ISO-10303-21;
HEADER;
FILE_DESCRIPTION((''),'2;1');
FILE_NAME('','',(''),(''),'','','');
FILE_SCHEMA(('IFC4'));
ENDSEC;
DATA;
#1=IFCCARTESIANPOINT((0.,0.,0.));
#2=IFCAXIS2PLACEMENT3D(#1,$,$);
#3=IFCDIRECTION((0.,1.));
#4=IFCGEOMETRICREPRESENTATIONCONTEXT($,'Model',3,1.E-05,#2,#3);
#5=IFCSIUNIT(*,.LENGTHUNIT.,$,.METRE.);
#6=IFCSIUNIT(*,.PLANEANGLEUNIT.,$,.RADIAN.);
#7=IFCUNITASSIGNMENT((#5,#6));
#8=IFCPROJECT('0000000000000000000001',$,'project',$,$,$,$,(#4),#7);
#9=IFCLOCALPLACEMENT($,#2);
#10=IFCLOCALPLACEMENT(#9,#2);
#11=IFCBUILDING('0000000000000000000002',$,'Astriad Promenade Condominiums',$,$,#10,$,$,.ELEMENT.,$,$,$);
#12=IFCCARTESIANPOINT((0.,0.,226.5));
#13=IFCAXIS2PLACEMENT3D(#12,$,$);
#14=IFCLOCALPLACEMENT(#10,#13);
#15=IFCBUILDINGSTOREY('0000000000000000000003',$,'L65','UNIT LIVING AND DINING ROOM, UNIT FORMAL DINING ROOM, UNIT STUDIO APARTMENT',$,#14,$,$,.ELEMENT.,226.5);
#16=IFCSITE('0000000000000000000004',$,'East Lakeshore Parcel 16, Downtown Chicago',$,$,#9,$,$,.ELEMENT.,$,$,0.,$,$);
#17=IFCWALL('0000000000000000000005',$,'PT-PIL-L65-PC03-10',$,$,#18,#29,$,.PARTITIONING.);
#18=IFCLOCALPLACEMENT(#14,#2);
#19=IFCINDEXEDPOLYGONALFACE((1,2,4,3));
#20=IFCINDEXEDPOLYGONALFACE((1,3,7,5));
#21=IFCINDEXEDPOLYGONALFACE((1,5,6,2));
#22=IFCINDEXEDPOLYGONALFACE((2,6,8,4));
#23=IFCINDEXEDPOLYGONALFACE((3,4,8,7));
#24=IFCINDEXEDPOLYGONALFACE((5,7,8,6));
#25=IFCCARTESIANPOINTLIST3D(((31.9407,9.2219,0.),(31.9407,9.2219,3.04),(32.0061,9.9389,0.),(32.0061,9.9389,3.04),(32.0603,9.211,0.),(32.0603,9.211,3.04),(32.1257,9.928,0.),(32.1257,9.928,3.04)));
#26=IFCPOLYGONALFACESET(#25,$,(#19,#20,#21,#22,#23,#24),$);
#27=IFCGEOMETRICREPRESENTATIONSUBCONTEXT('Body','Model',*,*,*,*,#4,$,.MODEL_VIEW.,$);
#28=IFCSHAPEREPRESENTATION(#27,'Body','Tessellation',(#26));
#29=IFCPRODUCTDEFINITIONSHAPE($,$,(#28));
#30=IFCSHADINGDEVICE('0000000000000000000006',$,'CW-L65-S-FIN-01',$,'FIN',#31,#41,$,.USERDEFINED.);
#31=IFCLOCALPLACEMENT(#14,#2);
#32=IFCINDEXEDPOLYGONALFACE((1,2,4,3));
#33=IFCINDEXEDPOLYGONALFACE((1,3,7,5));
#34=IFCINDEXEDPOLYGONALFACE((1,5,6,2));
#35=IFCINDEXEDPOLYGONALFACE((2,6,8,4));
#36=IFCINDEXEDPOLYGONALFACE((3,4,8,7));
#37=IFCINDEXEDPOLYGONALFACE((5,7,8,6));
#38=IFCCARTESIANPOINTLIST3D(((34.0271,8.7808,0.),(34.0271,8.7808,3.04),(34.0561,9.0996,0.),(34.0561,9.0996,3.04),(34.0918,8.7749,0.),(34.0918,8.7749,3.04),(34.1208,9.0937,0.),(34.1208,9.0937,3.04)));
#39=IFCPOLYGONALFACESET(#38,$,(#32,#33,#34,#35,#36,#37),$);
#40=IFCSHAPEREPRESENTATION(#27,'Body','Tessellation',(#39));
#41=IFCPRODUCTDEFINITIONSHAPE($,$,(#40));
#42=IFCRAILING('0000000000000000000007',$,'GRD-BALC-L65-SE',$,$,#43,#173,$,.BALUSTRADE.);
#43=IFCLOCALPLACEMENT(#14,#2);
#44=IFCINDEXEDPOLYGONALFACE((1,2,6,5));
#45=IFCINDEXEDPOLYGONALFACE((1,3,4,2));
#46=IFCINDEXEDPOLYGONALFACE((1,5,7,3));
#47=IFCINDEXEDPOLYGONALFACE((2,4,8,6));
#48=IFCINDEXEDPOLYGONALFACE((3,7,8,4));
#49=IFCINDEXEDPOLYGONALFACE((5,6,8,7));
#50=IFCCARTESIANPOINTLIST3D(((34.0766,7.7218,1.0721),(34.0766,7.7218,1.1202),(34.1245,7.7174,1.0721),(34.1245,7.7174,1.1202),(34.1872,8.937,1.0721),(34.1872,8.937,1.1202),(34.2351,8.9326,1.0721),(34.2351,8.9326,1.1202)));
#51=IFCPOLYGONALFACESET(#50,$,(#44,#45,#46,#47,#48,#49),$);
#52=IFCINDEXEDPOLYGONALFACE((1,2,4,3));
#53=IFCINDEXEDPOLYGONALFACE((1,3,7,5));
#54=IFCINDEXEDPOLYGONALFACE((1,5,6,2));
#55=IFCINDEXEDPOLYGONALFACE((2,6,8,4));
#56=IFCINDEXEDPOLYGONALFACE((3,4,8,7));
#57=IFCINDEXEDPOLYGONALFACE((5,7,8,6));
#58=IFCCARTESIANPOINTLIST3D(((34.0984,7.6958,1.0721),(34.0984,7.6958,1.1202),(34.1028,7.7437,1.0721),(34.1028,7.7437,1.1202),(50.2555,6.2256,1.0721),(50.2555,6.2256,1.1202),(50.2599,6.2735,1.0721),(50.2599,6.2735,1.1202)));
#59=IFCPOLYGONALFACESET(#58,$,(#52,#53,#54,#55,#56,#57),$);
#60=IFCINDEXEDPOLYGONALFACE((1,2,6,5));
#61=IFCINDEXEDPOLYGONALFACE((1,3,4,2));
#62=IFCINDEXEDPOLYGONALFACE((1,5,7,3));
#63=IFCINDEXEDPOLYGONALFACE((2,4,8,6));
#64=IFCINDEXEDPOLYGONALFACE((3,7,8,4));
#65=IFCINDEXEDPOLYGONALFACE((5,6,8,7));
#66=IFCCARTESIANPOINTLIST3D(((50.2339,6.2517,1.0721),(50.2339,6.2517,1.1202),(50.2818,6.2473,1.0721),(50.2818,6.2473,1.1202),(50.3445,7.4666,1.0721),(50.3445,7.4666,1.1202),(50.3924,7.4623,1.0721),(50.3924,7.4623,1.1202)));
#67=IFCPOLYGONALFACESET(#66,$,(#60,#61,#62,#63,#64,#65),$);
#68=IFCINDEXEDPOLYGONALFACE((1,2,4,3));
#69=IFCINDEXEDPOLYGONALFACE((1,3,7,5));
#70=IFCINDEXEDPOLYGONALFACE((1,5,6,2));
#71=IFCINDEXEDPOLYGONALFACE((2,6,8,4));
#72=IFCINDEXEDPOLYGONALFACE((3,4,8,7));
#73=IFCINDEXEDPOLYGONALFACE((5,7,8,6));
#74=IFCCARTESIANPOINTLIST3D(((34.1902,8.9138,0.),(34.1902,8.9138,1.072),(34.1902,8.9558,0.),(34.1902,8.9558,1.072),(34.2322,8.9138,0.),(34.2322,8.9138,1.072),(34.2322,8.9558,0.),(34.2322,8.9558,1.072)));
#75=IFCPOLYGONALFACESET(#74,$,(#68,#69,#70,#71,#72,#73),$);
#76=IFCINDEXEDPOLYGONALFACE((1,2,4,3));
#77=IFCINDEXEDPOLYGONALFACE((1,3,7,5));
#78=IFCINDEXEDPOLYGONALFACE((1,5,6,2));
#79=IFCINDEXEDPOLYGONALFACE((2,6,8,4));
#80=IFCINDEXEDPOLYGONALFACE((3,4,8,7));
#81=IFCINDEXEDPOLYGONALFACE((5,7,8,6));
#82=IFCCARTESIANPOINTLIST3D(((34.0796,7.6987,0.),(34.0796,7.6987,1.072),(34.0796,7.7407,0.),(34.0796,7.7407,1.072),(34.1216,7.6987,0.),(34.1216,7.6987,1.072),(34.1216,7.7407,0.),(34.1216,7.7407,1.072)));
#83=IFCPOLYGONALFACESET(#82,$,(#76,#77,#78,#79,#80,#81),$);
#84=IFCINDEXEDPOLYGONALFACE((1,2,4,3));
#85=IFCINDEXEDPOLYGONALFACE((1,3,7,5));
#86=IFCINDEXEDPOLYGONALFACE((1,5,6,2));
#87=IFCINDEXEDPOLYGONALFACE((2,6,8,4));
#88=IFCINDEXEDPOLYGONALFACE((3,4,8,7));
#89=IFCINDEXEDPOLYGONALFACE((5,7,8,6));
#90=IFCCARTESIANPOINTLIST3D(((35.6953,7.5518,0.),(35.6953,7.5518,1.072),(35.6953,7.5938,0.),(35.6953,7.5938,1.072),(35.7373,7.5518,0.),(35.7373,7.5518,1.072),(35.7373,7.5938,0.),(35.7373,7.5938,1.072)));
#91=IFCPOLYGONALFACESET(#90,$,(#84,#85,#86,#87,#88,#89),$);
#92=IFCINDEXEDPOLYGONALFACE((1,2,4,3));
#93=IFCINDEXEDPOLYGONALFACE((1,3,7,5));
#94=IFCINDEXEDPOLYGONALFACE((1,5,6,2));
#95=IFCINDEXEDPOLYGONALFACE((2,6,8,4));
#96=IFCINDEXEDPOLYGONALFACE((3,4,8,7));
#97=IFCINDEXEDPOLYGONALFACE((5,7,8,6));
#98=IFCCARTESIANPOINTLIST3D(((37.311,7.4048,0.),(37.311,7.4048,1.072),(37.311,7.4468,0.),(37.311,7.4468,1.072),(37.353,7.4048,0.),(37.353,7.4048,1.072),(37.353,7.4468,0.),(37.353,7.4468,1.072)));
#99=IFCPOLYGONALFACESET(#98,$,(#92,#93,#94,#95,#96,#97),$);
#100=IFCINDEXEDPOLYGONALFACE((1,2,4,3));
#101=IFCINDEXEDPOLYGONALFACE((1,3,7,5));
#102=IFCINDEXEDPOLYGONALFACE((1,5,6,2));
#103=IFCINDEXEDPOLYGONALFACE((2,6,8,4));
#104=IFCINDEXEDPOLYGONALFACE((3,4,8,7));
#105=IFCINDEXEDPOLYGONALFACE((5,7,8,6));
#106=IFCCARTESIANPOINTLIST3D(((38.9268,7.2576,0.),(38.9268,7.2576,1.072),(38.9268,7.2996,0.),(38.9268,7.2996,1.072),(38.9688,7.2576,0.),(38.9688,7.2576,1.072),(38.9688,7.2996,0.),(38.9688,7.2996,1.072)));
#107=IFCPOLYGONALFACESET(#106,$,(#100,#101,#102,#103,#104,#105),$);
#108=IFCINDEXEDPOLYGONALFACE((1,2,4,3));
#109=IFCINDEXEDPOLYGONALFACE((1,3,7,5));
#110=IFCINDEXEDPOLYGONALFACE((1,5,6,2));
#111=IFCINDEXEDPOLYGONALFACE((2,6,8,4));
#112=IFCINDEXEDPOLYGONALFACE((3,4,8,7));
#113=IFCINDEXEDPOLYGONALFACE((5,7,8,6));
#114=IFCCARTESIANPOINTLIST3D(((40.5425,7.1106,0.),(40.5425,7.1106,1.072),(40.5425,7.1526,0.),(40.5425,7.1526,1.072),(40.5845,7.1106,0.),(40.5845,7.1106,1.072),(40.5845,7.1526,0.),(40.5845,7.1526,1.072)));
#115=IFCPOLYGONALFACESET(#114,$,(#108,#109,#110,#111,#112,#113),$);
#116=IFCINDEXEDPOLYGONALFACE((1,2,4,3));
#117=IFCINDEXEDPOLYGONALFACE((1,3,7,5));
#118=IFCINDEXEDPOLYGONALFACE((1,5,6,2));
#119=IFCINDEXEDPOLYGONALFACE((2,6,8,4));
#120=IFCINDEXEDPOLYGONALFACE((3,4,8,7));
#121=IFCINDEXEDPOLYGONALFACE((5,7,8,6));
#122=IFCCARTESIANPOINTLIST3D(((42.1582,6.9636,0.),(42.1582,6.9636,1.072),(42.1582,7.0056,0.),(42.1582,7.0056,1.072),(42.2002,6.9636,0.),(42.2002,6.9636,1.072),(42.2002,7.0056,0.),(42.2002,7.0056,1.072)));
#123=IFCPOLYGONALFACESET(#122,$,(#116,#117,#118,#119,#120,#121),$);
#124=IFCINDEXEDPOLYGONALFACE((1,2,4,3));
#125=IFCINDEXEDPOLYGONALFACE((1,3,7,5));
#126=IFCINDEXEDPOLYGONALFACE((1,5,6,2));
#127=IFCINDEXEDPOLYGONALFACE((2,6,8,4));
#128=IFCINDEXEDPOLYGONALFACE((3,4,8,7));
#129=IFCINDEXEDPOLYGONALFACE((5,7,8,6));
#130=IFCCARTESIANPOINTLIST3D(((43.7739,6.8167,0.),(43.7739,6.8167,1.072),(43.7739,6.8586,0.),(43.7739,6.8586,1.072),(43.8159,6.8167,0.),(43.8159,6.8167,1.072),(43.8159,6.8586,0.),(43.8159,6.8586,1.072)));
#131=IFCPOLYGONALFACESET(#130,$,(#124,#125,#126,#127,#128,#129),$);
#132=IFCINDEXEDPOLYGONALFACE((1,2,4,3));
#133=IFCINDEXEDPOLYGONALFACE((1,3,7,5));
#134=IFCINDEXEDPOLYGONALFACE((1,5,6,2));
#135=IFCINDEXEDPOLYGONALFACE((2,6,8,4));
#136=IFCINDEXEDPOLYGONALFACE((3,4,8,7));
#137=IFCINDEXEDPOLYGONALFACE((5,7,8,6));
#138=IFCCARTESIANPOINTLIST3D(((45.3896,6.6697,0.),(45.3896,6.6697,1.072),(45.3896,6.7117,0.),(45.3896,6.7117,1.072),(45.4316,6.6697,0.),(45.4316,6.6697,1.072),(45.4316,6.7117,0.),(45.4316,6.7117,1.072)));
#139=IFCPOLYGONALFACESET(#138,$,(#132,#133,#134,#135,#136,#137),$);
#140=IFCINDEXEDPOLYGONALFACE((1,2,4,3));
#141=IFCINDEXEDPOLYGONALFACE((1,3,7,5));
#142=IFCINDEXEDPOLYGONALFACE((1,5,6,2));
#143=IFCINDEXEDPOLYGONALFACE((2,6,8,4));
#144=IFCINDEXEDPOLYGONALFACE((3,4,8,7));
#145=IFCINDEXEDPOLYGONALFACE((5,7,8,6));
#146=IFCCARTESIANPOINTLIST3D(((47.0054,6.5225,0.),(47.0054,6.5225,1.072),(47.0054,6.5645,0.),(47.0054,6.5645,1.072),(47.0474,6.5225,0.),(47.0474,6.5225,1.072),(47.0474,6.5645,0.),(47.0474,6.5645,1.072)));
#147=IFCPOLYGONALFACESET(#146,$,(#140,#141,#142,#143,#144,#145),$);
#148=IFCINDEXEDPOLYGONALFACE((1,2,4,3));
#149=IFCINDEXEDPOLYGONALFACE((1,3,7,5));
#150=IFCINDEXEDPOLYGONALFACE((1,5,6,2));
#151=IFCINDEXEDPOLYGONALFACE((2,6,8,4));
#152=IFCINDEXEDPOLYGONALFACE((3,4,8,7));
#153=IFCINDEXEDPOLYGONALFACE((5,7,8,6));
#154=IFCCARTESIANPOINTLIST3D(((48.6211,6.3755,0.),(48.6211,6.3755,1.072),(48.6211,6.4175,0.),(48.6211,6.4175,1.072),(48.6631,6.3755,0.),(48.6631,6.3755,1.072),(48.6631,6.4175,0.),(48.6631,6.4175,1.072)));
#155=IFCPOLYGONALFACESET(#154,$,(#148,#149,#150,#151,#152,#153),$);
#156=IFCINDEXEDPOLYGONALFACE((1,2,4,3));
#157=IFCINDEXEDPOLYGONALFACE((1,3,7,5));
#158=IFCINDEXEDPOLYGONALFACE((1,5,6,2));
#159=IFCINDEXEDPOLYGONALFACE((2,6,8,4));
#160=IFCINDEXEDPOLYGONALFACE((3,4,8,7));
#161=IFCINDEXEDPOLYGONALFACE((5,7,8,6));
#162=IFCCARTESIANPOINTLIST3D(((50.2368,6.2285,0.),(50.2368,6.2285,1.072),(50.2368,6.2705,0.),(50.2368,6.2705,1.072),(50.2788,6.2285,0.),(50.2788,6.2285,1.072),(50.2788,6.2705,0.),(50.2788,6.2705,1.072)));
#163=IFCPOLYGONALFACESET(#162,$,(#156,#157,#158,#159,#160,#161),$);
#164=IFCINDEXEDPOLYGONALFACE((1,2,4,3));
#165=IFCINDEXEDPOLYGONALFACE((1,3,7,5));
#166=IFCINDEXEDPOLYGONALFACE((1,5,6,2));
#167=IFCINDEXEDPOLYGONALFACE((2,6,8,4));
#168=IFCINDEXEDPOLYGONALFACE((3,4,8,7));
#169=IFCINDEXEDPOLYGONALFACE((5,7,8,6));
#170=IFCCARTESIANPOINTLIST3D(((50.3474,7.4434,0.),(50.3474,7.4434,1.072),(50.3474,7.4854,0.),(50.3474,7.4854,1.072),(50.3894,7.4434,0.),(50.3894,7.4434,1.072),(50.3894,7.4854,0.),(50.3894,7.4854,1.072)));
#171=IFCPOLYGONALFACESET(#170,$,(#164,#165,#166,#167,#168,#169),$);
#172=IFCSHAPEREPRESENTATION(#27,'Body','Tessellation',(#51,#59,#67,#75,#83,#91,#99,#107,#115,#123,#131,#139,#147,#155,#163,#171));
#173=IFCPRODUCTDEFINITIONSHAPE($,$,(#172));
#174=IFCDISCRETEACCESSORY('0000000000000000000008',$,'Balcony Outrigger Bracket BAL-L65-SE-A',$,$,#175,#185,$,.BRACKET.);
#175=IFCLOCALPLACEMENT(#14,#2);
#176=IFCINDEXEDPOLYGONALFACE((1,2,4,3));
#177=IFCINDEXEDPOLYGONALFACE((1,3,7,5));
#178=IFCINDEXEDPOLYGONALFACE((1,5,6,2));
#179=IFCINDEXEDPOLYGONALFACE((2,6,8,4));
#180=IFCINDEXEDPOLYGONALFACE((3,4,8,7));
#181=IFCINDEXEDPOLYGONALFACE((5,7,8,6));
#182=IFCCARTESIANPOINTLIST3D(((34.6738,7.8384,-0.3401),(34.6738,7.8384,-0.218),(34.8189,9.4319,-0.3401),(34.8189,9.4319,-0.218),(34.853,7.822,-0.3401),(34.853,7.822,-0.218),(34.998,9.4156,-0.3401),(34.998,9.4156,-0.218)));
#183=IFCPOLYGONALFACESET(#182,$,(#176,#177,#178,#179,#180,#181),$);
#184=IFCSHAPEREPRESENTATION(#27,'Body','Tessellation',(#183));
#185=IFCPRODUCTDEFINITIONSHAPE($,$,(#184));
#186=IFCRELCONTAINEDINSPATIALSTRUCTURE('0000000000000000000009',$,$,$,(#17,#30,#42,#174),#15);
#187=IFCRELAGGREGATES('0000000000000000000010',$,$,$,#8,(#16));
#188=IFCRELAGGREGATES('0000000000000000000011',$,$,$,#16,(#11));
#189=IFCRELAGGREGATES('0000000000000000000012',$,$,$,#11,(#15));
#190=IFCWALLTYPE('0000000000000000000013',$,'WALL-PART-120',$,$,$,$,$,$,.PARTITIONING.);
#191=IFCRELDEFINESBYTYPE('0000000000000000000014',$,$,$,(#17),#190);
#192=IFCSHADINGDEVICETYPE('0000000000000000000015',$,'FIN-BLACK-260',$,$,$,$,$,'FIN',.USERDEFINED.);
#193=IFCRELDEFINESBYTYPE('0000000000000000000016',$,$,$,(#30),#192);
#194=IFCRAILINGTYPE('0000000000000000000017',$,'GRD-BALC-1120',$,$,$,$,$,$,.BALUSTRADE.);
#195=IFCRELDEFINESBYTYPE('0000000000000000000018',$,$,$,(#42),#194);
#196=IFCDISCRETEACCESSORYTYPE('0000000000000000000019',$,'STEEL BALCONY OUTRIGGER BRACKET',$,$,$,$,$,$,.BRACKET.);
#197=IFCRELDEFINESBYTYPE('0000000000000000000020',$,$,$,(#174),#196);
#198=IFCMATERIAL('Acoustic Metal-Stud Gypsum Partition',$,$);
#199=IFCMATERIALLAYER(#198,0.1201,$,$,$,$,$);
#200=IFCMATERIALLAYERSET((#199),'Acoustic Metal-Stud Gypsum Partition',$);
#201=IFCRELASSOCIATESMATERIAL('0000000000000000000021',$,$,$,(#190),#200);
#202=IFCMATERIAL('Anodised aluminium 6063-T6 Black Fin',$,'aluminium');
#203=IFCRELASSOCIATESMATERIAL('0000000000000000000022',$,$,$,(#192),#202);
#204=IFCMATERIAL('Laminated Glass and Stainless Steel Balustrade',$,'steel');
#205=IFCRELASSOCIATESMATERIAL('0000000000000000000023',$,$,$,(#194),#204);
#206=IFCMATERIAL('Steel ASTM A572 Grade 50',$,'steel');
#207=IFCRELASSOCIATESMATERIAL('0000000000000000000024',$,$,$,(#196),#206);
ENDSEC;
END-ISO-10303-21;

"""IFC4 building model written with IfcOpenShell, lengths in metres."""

from ifc_helpers import new_model, si_unit, direction, frame, frame_2d, origin, origin_2d, place, context, subcontext, project, spatial, rectangle, extrude, source, transform, mapped, material, layer, layer_set, type_object, type_shapes, element, save


model = new_model("IFC4")

# Units and contexts
model_context = context("Model", 3, precision=1e-05, world=origin(), true_north=direction((0.0, 1.0)))
body_context = subcontext(model_context, "Body", "Model", "MODEL_VIEW")
ifc_project = project(units=[si_unit("LENGTHUNIT", "METRE"), si_unit("PLANEANGLEUNIT", "RADIAN")], contexts=[model_context])

# Site, building, storey
site_placement = place(None, origin())
site = spatial("IfcSite", under=ifc_project, at=site_placement, Name="East Lakeshore Parcel 16, Downtown Chicago", CompositionType="ELEMENT", RefElevation=0.0)
building_placement = place(site_placement, origin())
building = spatial("IfcBuilding", under=site, at=building_placement, Name="Astriad Promenade Condominiums", CompositionType="ELEMENT")
storey_placement = place(building_placement, frame((0.0, 0.0, 226.5)))
storey = spatial("IfcBuildingStorey", under=building, at=storey_placement, Name="L65", Description="UNIT LIVING AND DINING ROOM, UNIT FORMAL DINING ROOM, UNIT STUDIO APARTMENT", CompositionType="ELEMENT", Elevation=226.5)

# Shared definitions
ifc_material_1 = material(Name="Acoustic Metal-Stud Gypsum Partition")
ifc_layer_1 = layer(ifc_material_1, 0.1201)
ifc_layer_set_1 = layer_set([ifc_layer_1], Name="Acoustic Metal-Stud Gypsum Partition")
wall_type_1 = type_object("IfcWallType", Name="WALL-PART-120", PredefinedType="PARTITIONING", material=ifc_layer_set_1)

# Wall
wall_1_placement = place(storey_placement, frame((32.0659, 9.9333, 0.0), z_axis=(0.0, 0.0, 1.0), x_axis=(-0.090872, -0.995863, 0.0)))
element("IfcWall", 1, at=wall_1_placement, inside=storey, type_object=wall_type_1, Name="PT-PIL-L65-PC03-10", PredefinedType="PARTITIONING", context=body_context, shape_type="SweptSolid", body=[
    extrude(rectangle(XDim=0.72, YDim=0.1201, at=frame_2d((0.3599, 0.0))), origin(), (0.0, 0.0, 1.0), 3.04),
])

# Shading device
ifc_material_2 = material(Name="Anodised aluminium 6063-T6 Black Fin", Category="aluminium")
shading_device_type = type_object("IfcShadingDeviceType", Name="FIN-BLACK-260", ElementType="FIN", PredefinedType="USERDEFINED", material=ifc_material_2)
shared_shape_1 = source(origin(), body_context, "Body", "SweptSolid", [
    extrude(rectangle(XDim=0.0649, YDim=0.3201, at=origin_2d()), origin(), (0.0, 0.0, 1.0), 3.04),
])
type_shapes(shading_device_type, [shared_shape_1])
shading_device_placement = place(storey_placement, frame((34.074, 8.9373, 0.0), z_axis=(0.0, 0.0, 1.0), x_axis=(-0.995884, 0.090633, 0.0)))
element("IfcShadingDevice", 2, at=shading_device_placement, inside=storey, type_object=shading_device_type, Name="CW-L65-S-FIN-01", ObjectType="FIN", PredefinedType="USERDEFINED", context=body_context, shape_type="MappedRepresentation", body=[
    mapped(shared_shape_1, transform((0.0, 0.0, 0.0), scale=1.0)),
])

# Railing
ifc_material_3 = material(Name="Laminated Glass and Stainless Steel Balustrade", Category="steel")
railing_type = type_object("IfcRailingType", Name="GRD-BALC-1120", PredefinedType="BALUSTRADE", material=ifc_material_3)
shared_shape_2 = source(origin(), body_context, "Body", "SweptSolid", [
    extrude(rectangle(XDim=0.0481, YDim=0.0481, at=origin_2d()), frame((0.0, 0.0, 1.0962), z_axis=(-0.090644, -0.995883, 0.0), x_axis=(0.995883, -0.090644, 0.0)), (0.0, 0.0, 1.0), 1.2202),
    extrude(rectangle(XDim=0.0481, YDim=0.0481, at=origin_2d()), frame((-0.1106, -1.2151, 1.0962), z_axis=(0.995886, -0.09062, 0.0), x_axis=(0.09062, 0.995886, 0.0)), (0.0, 0.0, 1.0), 16.2239),
    extrude(rectangle(XDim=0.0481, YDim=0.0481, at=origin_2d()), frame((16.0466, -2.6853, 1.0962), z_axis=(0.090662, 0.995882, 0.0), x_axis=(-0.995882, 0.090662, 0.0)), (0.0, 0.0, 1.0), 1.22),
    extrude(rectangle(XDim=0.042, YDim=0.042, at=origin_2d()), origin(), (0.0, 0.0, 1.0), 1.072),
    extrude(rectangle(XDim=0.042, YDim=0.042, at=origin_2d()), frame((-0.1106, -1.2151, 0.0)), (0.0, 0.0, 1.0), 1.072),
    extrude(rectangle(XDim=0.042, YDim=0.042, at=origin_2d()), frame((1.5051, -1.3621, 0.0)), (0.0, 0.0, 1.0), 1.072),
    extrude(rectangle(XDim=0.042, YDim=0.042, at=origin_2d()), frame((3.1208, -1.509, 0.0)), (0.0, 0.0, 1.0), 1.072),
    extrude(rectangle(XDim=0.042, YDim=0.042, at=origin_2d()), frame((4.7366, -1.6562, 0.0)), (0.0, 0.0, 1.0), 1.072),
    extrude(rectangle(XDim=0.042, YDim=0.042, at=origin_2d()), frame((6.3523, -1.8032, 0.0)), (0.0, 0.0, 1.0), 1.072),
    extrude(rectangle(XDim=0.042, YDim=0.042, at=origin_2d()), frame((7.968, -1.9502, 0.0)), (0.0, 0.0, 1.0), 1.072),
    extrude(rectangle(XDim=0.042, YDim=0.042, at=origin_2d()), frame((9.5837, -2.0972, 0.0)), (0.0, 0.0, 1.0), 1.072),
    extrude(rectangle(XDim=0.042, YDim=0.042, at=origin_2d()), frame((11.1995, -2.2441, 0.0)), (0.0, 0.0, 1.0), 1.072),
    extrude(rectangle(XDim=0.042, YDim=0.042, at=origin_2d()), frame((12.8152, -2.3914, 0.0)), (0.0, 0.0, 1.0), 1.072),
    extrude(rectangle(XDim=0.042, YDim=0.042, at=origin_2d()), frame((14.4309, -2.5383, 0.0)), (0.0, 0.0, 1.0), 1.072),
    extrude(rectangle(XDim=0.042, YDim=0.042, at=origin_2d()), frame((16.0466, -2.6853, 0.0)), (0.0, 0.0, 1.0), 1.072),
    extrude(rectangle(XDim=0.042, YDim=0.042, at=origin_2d()), frame((16.1572, -1.4705, 0.0)), (0.0, 0.0, 1.0), 1.072),
])
type_shapes(railing_type, [shared_shape_2])
railing_placement = place(storey_placement, frame((34.2112, 8.9348, 0.0)))
element("IfcRailing", 3, at=railing_placement, inside=storey, type_object=railing_type, Name="GRD-BALC-L65-SE", PredefinedType="BALUSTRADE", context=body_context, shape_type="MappedRepresentation", body=[
    mapped(shared_shape_2, transform((0.0, 0.0, 0.0), scale=1.0)),
])

# Discrete accessory
ifc_material_4 = material(Name="Steel ASTM A572 Grade 50", Category="steel")
discrete_accessory_type = type_object("IfcDiscreteAccessoryType", Name="STEEL BALCONY OUTRIGGER BRACKET", PredefinedType="BRACKET", material=ifc_material_4)
shared_shape_3 = source(origin(), body_context, "Body", "SweptSolid", [
    extrude(rectangle(XDim=1.6001, YDim=0.1799, at=origin_2d()), origin(), (0.0, 0.0, 1.0), 0.1221),
])
type_shapes(discrete_accessory_type, [shared_shape_3])
discrete_accessory_placement = place(storey_placement, frame((34.8359, 8.627, -0.3401), z_axis=(0.0, 0.0, 1.0), x_axis=(-0.090633, -0.995884, 0.0)))
element("IfcDiscreteAccessory", 4, at=discrete_accessory_placement, inside=storey, type_object=discrete_accessory_type, Name="Balcony Outrigger Bracket BAL-L65-SE-A", PredefinedType="BRACKET", context=body_context, shape_type="MappedRepresentation", body=[
    mapped(shared_shape_3, transform((0.0, 0.0, 0.0), scale=1.0)),
])

save(model, "model.ifc")
